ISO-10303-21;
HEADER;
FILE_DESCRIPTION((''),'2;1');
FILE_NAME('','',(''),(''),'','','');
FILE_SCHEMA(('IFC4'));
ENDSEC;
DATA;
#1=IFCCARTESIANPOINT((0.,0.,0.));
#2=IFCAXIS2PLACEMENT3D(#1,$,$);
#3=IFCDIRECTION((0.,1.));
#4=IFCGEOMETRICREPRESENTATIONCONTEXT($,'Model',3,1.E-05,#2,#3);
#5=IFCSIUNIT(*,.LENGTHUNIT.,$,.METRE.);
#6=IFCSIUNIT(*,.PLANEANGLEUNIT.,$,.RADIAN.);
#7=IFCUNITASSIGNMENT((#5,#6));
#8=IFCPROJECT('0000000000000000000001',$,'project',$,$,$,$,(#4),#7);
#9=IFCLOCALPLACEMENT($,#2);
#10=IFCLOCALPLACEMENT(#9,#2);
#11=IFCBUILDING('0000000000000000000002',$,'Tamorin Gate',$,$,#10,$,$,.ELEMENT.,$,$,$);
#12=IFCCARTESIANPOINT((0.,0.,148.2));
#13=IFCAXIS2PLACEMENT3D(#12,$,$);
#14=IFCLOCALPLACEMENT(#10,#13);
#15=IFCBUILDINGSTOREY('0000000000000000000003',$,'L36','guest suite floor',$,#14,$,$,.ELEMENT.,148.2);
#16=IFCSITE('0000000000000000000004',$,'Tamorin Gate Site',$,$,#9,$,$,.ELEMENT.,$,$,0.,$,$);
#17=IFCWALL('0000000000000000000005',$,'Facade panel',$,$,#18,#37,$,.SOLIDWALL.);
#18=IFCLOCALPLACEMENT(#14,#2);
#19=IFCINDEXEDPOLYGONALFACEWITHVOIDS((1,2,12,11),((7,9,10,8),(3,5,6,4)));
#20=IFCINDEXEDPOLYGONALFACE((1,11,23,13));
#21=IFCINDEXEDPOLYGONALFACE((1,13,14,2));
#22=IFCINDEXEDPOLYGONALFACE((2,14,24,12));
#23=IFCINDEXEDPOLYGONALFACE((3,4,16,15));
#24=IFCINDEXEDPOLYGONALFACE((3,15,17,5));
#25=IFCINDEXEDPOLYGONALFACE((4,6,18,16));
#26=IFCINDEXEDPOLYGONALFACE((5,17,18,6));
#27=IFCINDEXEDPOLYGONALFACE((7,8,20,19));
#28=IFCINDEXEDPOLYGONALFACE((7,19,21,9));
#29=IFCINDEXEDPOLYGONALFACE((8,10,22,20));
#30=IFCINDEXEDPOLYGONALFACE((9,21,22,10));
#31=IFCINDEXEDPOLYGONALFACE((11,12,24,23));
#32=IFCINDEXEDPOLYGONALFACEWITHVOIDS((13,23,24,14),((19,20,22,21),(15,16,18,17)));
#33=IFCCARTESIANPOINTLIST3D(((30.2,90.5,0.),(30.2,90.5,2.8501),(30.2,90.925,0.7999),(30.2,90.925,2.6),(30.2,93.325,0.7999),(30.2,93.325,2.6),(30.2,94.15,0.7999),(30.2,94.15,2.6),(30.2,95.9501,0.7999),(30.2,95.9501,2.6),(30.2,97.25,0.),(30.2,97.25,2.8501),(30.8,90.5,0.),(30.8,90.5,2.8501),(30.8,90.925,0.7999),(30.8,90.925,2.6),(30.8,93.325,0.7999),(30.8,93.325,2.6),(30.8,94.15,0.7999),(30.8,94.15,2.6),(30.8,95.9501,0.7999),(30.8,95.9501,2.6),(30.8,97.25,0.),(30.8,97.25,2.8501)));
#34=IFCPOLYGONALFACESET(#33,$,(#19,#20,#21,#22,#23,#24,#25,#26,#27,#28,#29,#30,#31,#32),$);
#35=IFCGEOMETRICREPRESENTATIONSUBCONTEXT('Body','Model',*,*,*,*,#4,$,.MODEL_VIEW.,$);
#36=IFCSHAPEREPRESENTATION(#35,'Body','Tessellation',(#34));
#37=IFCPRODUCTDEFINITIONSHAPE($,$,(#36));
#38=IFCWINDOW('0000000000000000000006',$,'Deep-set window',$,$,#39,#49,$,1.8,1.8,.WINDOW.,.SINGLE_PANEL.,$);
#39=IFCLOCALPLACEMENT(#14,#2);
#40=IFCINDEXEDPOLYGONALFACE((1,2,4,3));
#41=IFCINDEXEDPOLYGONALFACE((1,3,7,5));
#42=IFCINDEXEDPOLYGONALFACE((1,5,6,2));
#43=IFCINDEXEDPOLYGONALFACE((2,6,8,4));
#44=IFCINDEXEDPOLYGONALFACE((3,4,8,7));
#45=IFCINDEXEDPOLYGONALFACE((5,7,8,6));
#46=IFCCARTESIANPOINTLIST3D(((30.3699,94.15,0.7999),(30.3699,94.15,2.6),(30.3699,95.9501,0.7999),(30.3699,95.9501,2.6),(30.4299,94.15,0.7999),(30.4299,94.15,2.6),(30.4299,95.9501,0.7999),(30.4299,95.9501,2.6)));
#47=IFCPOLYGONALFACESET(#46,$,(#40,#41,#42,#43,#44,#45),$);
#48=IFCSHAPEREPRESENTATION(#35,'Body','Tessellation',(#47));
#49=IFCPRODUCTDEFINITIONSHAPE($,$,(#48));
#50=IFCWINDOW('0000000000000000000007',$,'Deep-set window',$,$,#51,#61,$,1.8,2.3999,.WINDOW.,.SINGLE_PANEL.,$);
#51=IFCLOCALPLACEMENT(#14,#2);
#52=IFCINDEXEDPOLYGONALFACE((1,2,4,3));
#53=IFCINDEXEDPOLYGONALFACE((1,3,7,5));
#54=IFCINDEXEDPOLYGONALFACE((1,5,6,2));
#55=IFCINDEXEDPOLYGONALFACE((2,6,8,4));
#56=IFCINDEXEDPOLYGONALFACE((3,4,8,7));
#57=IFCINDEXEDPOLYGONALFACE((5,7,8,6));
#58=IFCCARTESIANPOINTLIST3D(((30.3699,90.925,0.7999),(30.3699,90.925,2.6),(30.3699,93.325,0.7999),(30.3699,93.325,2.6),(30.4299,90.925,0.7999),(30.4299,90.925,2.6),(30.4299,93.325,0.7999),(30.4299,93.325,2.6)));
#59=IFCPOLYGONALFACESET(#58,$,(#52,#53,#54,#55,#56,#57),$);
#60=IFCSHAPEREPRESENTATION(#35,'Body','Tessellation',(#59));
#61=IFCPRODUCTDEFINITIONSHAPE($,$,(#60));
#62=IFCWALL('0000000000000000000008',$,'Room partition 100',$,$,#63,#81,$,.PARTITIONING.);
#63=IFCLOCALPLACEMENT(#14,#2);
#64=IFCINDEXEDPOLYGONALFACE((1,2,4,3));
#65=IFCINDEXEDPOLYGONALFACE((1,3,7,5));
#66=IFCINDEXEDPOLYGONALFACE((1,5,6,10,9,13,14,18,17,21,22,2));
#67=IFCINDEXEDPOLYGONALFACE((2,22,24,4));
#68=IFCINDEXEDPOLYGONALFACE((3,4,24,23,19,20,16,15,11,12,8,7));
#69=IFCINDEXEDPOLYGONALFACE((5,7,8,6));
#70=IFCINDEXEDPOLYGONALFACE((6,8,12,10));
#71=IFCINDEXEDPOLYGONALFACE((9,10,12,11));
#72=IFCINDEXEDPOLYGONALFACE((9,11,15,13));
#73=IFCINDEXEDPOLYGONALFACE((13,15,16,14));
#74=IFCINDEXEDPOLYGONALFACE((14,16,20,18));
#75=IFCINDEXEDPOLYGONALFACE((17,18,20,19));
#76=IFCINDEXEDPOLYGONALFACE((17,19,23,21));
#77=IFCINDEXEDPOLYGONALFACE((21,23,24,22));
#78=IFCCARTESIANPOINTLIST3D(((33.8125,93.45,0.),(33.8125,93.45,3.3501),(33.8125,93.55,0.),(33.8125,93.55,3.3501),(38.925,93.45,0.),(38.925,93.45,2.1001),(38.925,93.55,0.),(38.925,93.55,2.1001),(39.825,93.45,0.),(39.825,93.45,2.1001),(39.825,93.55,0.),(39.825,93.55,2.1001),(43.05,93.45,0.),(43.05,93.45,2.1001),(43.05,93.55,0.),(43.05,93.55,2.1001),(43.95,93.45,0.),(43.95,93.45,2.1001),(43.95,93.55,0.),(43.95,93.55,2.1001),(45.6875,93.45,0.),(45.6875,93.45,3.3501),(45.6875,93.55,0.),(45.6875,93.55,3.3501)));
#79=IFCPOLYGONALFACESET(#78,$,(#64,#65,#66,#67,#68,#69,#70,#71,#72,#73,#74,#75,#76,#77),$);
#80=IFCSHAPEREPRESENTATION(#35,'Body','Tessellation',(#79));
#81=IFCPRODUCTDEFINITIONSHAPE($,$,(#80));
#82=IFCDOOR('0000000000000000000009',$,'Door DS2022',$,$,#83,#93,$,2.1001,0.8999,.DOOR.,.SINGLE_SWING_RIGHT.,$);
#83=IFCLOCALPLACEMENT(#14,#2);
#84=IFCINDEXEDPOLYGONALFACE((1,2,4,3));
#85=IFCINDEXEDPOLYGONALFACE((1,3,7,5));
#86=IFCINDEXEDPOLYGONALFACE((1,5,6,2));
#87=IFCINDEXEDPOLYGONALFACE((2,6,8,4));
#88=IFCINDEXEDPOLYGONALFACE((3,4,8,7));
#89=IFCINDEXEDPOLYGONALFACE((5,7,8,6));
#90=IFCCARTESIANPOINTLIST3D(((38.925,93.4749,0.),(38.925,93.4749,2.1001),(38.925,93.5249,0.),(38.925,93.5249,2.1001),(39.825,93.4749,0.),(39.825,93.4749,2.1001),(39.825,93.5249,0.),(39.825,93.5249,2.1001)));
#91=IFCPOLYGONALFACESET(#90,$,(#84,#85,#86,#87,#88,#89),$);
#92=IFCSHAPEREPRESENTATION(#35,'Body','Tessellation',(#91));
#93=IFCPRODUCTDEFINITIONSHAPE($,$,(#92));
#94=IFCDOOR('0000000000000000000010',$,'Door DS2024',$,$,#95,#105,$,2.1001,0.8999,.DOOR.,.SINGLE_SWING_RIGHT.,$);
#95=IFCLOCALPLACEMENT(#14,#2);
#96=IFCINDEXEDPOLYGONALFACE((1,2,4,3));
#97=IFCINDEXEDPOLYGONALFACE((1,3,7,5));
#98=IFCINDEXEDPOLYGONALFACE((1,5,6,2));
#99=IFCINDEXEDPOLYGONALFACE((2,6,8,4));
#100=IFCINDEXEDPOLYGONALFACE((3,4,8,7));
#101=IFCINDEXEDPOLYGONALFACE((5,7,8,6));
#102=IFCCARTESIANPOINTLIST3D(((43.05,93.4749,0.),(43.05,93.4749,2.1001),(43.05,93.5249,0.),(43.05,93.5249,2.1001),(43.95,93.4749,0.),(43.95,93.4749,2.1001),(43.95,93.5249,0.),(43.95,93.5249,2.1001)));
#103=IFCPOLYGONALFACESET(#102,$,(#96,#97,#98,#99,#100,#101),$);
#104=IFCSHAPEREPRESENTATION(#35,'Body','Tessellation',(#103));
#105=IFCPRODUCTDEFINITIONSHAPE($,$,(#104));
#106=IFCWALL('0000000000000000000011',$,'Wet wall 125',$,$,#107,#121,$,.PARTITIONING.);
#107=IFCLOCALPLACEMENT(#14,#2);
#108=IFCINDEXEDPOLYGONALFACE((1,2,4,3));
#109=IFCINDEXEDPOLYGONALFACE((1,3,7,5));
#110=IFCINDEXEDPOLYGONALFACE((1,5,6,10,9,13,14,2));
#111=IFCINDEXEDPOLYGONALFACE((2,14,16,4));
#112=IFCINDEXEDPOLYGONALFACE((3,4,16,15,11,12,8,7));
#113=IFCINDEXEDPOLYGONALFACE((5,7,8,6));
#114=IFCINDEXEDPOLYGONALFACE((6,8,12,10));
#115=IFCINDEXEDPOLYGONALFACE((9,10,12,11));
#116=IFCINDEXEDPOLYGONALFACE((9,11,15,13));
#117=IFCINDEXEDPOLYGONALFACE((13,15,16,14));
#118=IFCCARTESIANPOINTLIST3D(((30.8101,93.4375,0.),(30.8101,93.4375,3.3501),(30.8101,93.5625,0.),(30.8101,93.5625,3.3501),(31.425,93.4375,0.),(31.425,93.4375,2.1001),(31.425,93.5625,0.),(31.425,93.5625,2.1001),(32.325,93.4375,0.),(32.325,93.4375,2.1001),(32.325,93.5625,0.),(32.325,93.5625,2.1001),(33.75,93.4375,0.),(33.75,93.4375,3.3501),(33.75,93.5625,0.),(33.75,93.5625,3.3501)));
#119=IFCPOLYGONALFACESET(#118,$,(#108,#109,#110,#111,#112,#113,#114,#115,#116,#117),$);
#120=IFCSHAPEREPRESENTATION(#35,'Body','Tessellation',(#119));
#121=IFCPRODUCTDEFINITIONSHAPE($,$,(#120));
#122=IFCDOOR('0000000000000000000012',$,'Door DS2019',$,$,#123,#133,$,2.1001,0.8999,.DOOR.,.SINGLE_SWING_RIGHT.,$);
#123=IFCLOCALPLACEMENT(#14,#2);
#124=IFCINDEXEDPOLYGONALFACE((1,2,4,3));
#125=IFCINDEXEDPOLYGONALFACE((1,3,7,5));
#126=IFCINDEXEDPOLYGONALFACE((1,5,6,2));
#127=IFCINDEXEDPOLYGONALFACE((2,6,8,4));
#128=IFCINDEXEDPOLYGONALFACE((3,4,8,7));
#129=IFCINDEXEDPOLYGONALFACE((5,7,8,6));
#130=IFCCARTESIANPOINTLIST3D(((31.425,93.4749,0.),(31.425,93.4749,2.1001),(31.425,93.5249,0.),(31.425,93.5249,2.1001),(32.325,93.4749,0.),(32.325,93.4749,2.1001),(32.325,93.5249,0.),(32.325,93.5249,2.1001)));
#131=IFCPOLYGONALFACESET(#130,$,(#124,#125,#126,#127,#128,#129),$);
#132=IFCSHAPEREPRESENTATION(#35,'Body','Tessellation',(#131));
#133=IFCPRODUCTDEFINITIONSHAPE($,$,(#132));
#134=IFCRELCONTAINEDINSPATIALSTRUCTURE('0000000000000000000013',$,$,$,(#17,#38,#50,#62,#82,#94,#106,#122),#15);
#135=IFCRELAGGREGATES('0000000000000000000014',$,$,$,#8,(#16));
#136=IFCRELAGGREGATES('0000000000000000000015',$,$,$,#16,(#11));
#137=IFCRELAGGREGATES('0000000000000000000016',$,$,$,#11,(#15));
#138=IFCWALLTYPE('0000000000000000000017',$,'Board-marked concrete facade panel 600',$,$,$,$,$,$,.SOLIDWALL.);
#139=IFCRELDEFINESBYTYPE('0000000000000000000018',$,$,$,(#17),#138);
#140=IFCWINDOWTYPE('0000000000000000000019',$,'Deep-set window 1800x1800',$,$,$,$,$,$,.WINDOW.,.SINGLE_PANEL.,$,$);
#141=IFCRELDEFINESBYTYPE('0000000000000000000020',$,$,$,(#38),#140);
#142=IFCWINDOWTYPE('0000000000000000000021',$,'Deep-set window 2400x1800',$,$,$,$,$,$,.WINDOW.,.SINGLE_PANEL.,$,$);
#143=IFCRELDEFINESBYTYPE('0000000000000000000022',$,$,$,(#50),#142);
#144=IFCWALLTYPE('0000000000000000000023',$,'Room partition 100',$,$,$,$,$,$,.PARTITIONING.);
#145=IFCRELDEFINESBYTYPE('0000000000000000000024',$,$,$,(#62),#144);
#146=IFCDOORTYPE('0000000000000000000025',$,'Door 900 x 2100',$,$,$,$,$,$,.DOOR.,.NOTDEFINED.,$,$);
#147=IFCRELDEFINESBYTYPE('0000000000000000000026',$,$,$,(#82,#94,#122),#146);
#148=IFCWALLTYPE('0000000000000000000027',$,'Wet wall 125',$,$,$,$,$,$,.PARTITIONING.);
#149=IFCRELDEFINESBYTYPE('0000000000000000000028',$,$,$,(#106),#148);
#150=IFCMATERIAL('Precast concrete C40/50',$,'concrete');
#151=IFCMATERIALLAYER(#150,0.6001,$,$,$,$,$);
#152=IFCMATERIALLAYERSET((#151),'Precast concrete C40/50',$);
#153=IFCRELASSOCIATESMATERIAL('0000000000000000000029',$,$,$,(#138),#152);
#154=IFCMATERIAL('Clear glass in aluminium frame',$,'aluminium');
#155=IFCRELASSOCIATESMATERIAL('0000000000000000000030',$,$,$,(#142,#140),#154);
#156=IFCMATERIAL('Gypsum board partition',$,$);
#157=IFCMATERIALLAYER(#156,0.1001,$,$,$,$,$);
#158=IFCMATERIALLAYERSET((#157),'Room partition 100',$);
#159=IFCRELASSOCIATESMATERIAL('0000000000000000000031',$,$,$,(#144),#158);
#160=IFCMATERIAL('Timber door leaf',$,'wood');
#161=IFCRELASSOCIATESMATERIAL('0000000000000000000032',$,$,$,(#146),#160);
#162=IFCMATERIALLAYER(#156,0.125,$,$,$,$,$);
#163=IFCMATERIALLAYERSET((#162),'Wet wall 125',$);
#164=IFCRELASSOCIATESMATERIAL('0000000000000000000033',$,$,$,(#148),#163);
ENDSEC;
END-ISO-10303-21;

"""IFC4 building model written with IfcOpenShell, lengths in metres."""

from ifc_helpers import new_model, si_unit, direction, frame, frame_2d, origin, place, context, subcontext, project, spatial, rectangle, extrude, material, layer, layer_set, type_object, element, fill, save


model = new_model("IFC4")

# Units and contexts
model_context = context("Model", 3, precision=1e-05, world=origin(), true_north=direction((0.0, 1.0)))
body_context = subcontext(model_context, "Body", "Model", "MODEL_VIEW")
ifc_project = project(units=[si_unit("LENGTHUNIT", "METRE"), si_unit("PLANEANGLEUNIT", "RADIAN")], contexts=[model_context])

# Site, building, storey
site_placement = place(None, origin())
site = spatial("IfcSite", under=ifc_project, at=site_placement, Name="Tamorin Gate Site", CompositionType="ELEMENT", RefElevation=0.0)
building_placement = place(site_placement, origin())
building = spatial("IfcBuilding", under=site, at=building_placement, Name="Tamorin Gate", CompositionType="ELEMENT")
storey_placement = place(building_placement, frame((0.0, 0.0, 148.2)))
storey = spatial("IfcBuildingStorey", under=building, at=storey_placement, Name="L36", Description="guest suite floor", CompositionType="ELEMENT", Elevation=148.2)

# Shared definitions
ifc_material_1 = material(Name="Precast concrete C40/50", Category="concrete")
ifc_layer_1 = layer(ifc_material_1, 0.6001)
ifc_layer_set_1 = layer_set([ifc_layer_1], Name="Precast concrete C40/50")
wall_type_1 = type_object("IfcWallType", Name="Board-marked concrete facade panel 600", PredefinedType="SOLIDWALL", material=ifc_layer_set_1)

# Shared definitions
ifc_material_2 = material(Name="Clear glass in aluminium frame", Category="aluminium")
window_type_1 = type_object("IfcWindowType", Name="Deep-set window 2400x1800", PartitioningType="SINGLE_PANEL", PredefinedType="WINDOW", material=ifc_material_2)

# Wall, openings, windows
wall_1_placement = place(storey_placement, frame((30.5, 97.25, 0.0), z_axis=(0.0, 0.0, 1.0), x_axis=(0.0, -1.0, 0.0)))
wall_1 = element("IfcWall", 1, at=wall_1_placement, inside=storey, type_object=wall_type_1, Name="Facade panel", PredefinedType="SOLIDWALL", context=body_context, shape_type="SweptSolid", body=[
    extrude(rectangle(XDim=6.75, YDim=0.6001, at=frame_2d((3.375, 0.0))), origin(), (0.0, 0.0, 1.0), 2.8501),
])
opening_1_placement = place(wall_1_placement, frame((3.925, 0.0, 0.8)))
opening_1 = element("IfcOpeningElement", 2, at=opening_1_placement, cuts=wall_1, PredefinedType="OPENING", context=body_context, shape_type="SweptSolid", body=[
    extrude(rectangle(XDim=2.3999, YDim=1.8, at=frame_2d((1.2, 0.8999))), frame((0.0, 0.3101, 0.0), z_axis=(0.0, -1.0, 0.0), x_axis=(1.0, 0.0, 0.0)), (0.0, 0.0, 1.0), 0.6201),
])
opening_2_placement = place(wall_1_placement, frame((1.3, 0.0, 0.8)))
opening_2 = element("IfcOpeningElement", 3, at=opening_2_placement, cuts=wall_1, PredefinedType="OPENING", context=body_context, shape_type="SweptSolid", body=[
    extrude(rectangle(XDim=1.8, YDim=1.8, at=frame_2d((0.8999, 0.8999))), frame((0.0, 0.3101, 0.0), z_axis=(0.0, -1.0, 0.0), x_axis=(1.0, 0.0, 0.0)), (0.0, 0.0, 1.0), 0.6201),
])
window_type_2 = type_object("IfcWindowType", Name="Deep-set window 1800x1800", PartitioningType="SINGLE_PANEL", PredefinedType="WINDOW", material=ifc_material_2)
window_1_placement = place(opening_2_placement, origin())
window_1 = element("IfcWindow", 4, at=window_1_placement, inside=storey, type_object=window_type_2, Name="Deep-set window", OverallHeight=1.8, OverallWidth=1.8, PartitioningType="SINGLE_PANEL", PredefinedType="WINDOW", context=body_context, shape_type="SweptSolid", body=[
    extrude(rectangle(XDim=1.8, YDim=1.8, at=frame_2d((0.8999, 0.8999))), frame((0.0, -0.0701, 0.0), z_axis=(0.0, -1.0, 0.0), x_axis=(1.0, 0.0, 0.0)), (0.0, 0.0, 1.0), 0.0601),
])
fill(opening_2, window_1)
window_2_placement = place(opening_1_placement, origin())
window_2 = element("IfcWindow", 5, at=window_2_placement, inside=storey, type_object=window_type_1, Name="Deep-set window", OverallHeight=1.8, OverallWidth=2.3999, PartitioningType="SINGLE_PANEL", PredefinedType="WINDOW", context=body_context, shape_type="SweptSolid", body=[
    extrude(rectangle(XDim=2.3999, YDim=1.8, at=frame_2d((1.2, 0.8999))), frame((0.0, -0.0701, 0.0), z_axis=(0.0, -1.0, 0.0), x_axis=(1.0, 0.0, 0.0)), (0.0, 0.0, 1.0), 0.0601),
])
fill(opening_1, window_2)

# Wall, openings, doors
ifc_material_3 = material(Name="Gypsum board partition")
ifc_layer_2 = layer(ifc_material_3, 0.1001)
ifc_layer_set_2 = layer_set([ifc_layer_2], Name="Room partition 100")
wall_type_2 = type_object("IfcWallType", Name="Room partition 100", PredefinedType="PARTITIONING", material=ifc_layer_set_2)
wall_2_placement = place(storey_placement, frame((33.8125, 93.5, 0.0), z_axis=(0.0, 0.0, 1.0), x_axis=(1.0, 0.0, 0.0)))
wall_2 = element("IfcWall", 6, at=wall_2_placement, inside=storey, type_object=wall_type_2, Name="Room partition 100", PredefinedType="PARTITIONING", context=body_context, shape_type="SweptSolid", body=[
    extrude(rectangle(XDim=11.875, YDim=0.1001, at=frame_2d((5.9375, 0.0))), origin(), (0.0, 0.0, 1.0), 3.3501),
])
opening_3_placement = place(wall_2_placement, frame((5.1125, 0.0, 0.0)))
opening_3 = element("IfcOpeningElement", 7, at=opening_3_placement, cuts=wall_2, PredefinedType="OPENING", context=body_context, shape_type="SweptSolid", body=[
    extrude(rectangle(XDim=0.8999, YDim=2.1001, at=frame_2d((0.45, 1.05))), frame((0.0, 0.0601, 0.0), z_axis=(0.0, -1.0, 0.0), x_axis=(1.0, 0.0, 0.0)), (0.0, 0.0, 1.0), 0.1201),
])
opening_4_placement = place(wall_2_placement, frame((9.2375, 0.0, 0.0)))
opening_4 = element("IfcOpeningElement", 8, at=opening_4_placement, cuts=wall_2, PredefinedType="OPENING", context=body_context, shape_type="SweptSolid", body=[
    extrude(rectangle(XDim=0.8999, YDim=2.1001, at=frame_2d((0.45, 1.05))), frame((0.0, 0.0601, 0.0), z_axis=(0.0, -1.0, 0.0), x_axis=(1.0, 0.0, 0.0)), (0.0, 0.0, 1.0), 0.1201),
])
ifc_material_4 = material(Name="Timber door leaf", Category="wood")
door_type = type_object("IfcDoorType", Name="Door 900 x 2100", OperationType="NOTDEFINED", PredefinedType="DOOR", material=ifc_material_4)
door_1_placement = place(opening_3_placement, origin())
door_1 = element("IfcDoor", 9, at=door_1_placement, inside=storey, type_object=door_type, Name="Door DS2022", OperationType="SINGLE_SWING_RIGHT", OverallHeight=2.1001, OverallWidth=0.8999, PredefinedType="DOOR", context=body_context, shape_type="SweptSolid", body=[
    extrude(rectangle(XDim=0.8999, YDim=2.1001, at=frame_2d((0.45, 1.05))), frame((0.0, 0.0249, 0.0), z_axis=(0.0, -1.0, 0.0), x_axis=(1.0, 0.0, 0.0)), (0.0, 0.0, 1.0), 0.05),
])
fill(opening_3, door_1)
door_2_placement = place(opening_4_placement, origin())
door_2 = element("IfcDoor", 10, at=door_2_placement, inside=storey, type_object=door_type, Name="Door DS2024", OperationType="SINGLE_SWING_RIGHT", OverallHeight=2.1001, OverallWidth=0.8999, PredefinedType="DOOR", context=body_context, shape_type="SweptSolid", body=[
    extrude(rectangle(XDim=0.8999, YDim=2.1001, at=frame_2d((0.45, 1.05))), frame((0.0, 0.0249, 0.0), z_axis=(0.0, -1.0, 0.0), x_axis=(1.0, 0.0, 0.0)), (0.0, 0.0, 1.0), 0.05),
])
fill(opening_4, door_2)

# Wall, opening, door
ifc_layer_3 = layer(ifc_material_3, 0.125)
ifc_layer_set_3 = layer_set([ifc_layer_3], Name="Wet wall 125")
wall_type_3 = type_object("IfcWallType", Name="Wet wall 125", PredefinedType="PARTITIONING", material=ifc_layer_set_3)
wall_3_placement = place(storey_placement, frame((30.8101, 93.5, 0.0), z_axis=(0.0, 0.0, 1.0), x_axis=(1.0, 0.0, 0.0)))
wall_3 = element("IfcWall", 11, at=wall_3_placement, inside=storey, type_object=wall_type_3, Name="Wet wall 125", PredefinedType="PARTITIONING", context=body_context, shape_type="SweptSolid", body=[
    extrude(rectangle(XDim=2.9399, YDim=0.125, at=frame_2d((1.47, 0.0))), origin(), (0.0, 0.0, 1.0), 3.3501),
])
opening_5_placement = place(wall_3_placement, frame((0.615, 0.0, 0.0)))
opening_5 = element("IfcOpeningElement", 12, at=opening_5_placement, cuts=wall_3, PredefinedType="OPENING", context=body_context, shape_type="SweptSolid", body=[
    extrude(rectangle(XDim=0.8999, YDim=2.1001, at=frame_2d((0.45, 1.05))), frame((0.0, 0.0725, 0.0), z_axis=(0.0, -1.0, 0.0), x_axis=(1.0, 0.0, 0.0)), (0.0, 0.0, 1.0), 0.145),
])
door_3_placement = place(opening_5_placement, origin())
door_3 = element("IfcDoor", 13, at=door_3_placement, inside=storey, type_object=door_type, Name="Door DS2019", OperationType="SINGLE_SWING_RIGHT", OverallHeight=2.1001, OverallWidth=0.8999, PredefinedType="DOOR", context=body_context, shape_type="SweptSolid", body=[
    extrude(rectangle(XDim=0.8999, YDim=2.1001, at=frame_2d((0.45, 1.05))), frame((0.0, 0.0249, 0.0), z_axis=(0.0, -1.0, 0.0), x_axis=(1.0, 0.0, 0.0)), (0.0, 0.0, 1.0), 0.05),
])
fill(opening_5, door_3)

save(model, "model.ifc")
